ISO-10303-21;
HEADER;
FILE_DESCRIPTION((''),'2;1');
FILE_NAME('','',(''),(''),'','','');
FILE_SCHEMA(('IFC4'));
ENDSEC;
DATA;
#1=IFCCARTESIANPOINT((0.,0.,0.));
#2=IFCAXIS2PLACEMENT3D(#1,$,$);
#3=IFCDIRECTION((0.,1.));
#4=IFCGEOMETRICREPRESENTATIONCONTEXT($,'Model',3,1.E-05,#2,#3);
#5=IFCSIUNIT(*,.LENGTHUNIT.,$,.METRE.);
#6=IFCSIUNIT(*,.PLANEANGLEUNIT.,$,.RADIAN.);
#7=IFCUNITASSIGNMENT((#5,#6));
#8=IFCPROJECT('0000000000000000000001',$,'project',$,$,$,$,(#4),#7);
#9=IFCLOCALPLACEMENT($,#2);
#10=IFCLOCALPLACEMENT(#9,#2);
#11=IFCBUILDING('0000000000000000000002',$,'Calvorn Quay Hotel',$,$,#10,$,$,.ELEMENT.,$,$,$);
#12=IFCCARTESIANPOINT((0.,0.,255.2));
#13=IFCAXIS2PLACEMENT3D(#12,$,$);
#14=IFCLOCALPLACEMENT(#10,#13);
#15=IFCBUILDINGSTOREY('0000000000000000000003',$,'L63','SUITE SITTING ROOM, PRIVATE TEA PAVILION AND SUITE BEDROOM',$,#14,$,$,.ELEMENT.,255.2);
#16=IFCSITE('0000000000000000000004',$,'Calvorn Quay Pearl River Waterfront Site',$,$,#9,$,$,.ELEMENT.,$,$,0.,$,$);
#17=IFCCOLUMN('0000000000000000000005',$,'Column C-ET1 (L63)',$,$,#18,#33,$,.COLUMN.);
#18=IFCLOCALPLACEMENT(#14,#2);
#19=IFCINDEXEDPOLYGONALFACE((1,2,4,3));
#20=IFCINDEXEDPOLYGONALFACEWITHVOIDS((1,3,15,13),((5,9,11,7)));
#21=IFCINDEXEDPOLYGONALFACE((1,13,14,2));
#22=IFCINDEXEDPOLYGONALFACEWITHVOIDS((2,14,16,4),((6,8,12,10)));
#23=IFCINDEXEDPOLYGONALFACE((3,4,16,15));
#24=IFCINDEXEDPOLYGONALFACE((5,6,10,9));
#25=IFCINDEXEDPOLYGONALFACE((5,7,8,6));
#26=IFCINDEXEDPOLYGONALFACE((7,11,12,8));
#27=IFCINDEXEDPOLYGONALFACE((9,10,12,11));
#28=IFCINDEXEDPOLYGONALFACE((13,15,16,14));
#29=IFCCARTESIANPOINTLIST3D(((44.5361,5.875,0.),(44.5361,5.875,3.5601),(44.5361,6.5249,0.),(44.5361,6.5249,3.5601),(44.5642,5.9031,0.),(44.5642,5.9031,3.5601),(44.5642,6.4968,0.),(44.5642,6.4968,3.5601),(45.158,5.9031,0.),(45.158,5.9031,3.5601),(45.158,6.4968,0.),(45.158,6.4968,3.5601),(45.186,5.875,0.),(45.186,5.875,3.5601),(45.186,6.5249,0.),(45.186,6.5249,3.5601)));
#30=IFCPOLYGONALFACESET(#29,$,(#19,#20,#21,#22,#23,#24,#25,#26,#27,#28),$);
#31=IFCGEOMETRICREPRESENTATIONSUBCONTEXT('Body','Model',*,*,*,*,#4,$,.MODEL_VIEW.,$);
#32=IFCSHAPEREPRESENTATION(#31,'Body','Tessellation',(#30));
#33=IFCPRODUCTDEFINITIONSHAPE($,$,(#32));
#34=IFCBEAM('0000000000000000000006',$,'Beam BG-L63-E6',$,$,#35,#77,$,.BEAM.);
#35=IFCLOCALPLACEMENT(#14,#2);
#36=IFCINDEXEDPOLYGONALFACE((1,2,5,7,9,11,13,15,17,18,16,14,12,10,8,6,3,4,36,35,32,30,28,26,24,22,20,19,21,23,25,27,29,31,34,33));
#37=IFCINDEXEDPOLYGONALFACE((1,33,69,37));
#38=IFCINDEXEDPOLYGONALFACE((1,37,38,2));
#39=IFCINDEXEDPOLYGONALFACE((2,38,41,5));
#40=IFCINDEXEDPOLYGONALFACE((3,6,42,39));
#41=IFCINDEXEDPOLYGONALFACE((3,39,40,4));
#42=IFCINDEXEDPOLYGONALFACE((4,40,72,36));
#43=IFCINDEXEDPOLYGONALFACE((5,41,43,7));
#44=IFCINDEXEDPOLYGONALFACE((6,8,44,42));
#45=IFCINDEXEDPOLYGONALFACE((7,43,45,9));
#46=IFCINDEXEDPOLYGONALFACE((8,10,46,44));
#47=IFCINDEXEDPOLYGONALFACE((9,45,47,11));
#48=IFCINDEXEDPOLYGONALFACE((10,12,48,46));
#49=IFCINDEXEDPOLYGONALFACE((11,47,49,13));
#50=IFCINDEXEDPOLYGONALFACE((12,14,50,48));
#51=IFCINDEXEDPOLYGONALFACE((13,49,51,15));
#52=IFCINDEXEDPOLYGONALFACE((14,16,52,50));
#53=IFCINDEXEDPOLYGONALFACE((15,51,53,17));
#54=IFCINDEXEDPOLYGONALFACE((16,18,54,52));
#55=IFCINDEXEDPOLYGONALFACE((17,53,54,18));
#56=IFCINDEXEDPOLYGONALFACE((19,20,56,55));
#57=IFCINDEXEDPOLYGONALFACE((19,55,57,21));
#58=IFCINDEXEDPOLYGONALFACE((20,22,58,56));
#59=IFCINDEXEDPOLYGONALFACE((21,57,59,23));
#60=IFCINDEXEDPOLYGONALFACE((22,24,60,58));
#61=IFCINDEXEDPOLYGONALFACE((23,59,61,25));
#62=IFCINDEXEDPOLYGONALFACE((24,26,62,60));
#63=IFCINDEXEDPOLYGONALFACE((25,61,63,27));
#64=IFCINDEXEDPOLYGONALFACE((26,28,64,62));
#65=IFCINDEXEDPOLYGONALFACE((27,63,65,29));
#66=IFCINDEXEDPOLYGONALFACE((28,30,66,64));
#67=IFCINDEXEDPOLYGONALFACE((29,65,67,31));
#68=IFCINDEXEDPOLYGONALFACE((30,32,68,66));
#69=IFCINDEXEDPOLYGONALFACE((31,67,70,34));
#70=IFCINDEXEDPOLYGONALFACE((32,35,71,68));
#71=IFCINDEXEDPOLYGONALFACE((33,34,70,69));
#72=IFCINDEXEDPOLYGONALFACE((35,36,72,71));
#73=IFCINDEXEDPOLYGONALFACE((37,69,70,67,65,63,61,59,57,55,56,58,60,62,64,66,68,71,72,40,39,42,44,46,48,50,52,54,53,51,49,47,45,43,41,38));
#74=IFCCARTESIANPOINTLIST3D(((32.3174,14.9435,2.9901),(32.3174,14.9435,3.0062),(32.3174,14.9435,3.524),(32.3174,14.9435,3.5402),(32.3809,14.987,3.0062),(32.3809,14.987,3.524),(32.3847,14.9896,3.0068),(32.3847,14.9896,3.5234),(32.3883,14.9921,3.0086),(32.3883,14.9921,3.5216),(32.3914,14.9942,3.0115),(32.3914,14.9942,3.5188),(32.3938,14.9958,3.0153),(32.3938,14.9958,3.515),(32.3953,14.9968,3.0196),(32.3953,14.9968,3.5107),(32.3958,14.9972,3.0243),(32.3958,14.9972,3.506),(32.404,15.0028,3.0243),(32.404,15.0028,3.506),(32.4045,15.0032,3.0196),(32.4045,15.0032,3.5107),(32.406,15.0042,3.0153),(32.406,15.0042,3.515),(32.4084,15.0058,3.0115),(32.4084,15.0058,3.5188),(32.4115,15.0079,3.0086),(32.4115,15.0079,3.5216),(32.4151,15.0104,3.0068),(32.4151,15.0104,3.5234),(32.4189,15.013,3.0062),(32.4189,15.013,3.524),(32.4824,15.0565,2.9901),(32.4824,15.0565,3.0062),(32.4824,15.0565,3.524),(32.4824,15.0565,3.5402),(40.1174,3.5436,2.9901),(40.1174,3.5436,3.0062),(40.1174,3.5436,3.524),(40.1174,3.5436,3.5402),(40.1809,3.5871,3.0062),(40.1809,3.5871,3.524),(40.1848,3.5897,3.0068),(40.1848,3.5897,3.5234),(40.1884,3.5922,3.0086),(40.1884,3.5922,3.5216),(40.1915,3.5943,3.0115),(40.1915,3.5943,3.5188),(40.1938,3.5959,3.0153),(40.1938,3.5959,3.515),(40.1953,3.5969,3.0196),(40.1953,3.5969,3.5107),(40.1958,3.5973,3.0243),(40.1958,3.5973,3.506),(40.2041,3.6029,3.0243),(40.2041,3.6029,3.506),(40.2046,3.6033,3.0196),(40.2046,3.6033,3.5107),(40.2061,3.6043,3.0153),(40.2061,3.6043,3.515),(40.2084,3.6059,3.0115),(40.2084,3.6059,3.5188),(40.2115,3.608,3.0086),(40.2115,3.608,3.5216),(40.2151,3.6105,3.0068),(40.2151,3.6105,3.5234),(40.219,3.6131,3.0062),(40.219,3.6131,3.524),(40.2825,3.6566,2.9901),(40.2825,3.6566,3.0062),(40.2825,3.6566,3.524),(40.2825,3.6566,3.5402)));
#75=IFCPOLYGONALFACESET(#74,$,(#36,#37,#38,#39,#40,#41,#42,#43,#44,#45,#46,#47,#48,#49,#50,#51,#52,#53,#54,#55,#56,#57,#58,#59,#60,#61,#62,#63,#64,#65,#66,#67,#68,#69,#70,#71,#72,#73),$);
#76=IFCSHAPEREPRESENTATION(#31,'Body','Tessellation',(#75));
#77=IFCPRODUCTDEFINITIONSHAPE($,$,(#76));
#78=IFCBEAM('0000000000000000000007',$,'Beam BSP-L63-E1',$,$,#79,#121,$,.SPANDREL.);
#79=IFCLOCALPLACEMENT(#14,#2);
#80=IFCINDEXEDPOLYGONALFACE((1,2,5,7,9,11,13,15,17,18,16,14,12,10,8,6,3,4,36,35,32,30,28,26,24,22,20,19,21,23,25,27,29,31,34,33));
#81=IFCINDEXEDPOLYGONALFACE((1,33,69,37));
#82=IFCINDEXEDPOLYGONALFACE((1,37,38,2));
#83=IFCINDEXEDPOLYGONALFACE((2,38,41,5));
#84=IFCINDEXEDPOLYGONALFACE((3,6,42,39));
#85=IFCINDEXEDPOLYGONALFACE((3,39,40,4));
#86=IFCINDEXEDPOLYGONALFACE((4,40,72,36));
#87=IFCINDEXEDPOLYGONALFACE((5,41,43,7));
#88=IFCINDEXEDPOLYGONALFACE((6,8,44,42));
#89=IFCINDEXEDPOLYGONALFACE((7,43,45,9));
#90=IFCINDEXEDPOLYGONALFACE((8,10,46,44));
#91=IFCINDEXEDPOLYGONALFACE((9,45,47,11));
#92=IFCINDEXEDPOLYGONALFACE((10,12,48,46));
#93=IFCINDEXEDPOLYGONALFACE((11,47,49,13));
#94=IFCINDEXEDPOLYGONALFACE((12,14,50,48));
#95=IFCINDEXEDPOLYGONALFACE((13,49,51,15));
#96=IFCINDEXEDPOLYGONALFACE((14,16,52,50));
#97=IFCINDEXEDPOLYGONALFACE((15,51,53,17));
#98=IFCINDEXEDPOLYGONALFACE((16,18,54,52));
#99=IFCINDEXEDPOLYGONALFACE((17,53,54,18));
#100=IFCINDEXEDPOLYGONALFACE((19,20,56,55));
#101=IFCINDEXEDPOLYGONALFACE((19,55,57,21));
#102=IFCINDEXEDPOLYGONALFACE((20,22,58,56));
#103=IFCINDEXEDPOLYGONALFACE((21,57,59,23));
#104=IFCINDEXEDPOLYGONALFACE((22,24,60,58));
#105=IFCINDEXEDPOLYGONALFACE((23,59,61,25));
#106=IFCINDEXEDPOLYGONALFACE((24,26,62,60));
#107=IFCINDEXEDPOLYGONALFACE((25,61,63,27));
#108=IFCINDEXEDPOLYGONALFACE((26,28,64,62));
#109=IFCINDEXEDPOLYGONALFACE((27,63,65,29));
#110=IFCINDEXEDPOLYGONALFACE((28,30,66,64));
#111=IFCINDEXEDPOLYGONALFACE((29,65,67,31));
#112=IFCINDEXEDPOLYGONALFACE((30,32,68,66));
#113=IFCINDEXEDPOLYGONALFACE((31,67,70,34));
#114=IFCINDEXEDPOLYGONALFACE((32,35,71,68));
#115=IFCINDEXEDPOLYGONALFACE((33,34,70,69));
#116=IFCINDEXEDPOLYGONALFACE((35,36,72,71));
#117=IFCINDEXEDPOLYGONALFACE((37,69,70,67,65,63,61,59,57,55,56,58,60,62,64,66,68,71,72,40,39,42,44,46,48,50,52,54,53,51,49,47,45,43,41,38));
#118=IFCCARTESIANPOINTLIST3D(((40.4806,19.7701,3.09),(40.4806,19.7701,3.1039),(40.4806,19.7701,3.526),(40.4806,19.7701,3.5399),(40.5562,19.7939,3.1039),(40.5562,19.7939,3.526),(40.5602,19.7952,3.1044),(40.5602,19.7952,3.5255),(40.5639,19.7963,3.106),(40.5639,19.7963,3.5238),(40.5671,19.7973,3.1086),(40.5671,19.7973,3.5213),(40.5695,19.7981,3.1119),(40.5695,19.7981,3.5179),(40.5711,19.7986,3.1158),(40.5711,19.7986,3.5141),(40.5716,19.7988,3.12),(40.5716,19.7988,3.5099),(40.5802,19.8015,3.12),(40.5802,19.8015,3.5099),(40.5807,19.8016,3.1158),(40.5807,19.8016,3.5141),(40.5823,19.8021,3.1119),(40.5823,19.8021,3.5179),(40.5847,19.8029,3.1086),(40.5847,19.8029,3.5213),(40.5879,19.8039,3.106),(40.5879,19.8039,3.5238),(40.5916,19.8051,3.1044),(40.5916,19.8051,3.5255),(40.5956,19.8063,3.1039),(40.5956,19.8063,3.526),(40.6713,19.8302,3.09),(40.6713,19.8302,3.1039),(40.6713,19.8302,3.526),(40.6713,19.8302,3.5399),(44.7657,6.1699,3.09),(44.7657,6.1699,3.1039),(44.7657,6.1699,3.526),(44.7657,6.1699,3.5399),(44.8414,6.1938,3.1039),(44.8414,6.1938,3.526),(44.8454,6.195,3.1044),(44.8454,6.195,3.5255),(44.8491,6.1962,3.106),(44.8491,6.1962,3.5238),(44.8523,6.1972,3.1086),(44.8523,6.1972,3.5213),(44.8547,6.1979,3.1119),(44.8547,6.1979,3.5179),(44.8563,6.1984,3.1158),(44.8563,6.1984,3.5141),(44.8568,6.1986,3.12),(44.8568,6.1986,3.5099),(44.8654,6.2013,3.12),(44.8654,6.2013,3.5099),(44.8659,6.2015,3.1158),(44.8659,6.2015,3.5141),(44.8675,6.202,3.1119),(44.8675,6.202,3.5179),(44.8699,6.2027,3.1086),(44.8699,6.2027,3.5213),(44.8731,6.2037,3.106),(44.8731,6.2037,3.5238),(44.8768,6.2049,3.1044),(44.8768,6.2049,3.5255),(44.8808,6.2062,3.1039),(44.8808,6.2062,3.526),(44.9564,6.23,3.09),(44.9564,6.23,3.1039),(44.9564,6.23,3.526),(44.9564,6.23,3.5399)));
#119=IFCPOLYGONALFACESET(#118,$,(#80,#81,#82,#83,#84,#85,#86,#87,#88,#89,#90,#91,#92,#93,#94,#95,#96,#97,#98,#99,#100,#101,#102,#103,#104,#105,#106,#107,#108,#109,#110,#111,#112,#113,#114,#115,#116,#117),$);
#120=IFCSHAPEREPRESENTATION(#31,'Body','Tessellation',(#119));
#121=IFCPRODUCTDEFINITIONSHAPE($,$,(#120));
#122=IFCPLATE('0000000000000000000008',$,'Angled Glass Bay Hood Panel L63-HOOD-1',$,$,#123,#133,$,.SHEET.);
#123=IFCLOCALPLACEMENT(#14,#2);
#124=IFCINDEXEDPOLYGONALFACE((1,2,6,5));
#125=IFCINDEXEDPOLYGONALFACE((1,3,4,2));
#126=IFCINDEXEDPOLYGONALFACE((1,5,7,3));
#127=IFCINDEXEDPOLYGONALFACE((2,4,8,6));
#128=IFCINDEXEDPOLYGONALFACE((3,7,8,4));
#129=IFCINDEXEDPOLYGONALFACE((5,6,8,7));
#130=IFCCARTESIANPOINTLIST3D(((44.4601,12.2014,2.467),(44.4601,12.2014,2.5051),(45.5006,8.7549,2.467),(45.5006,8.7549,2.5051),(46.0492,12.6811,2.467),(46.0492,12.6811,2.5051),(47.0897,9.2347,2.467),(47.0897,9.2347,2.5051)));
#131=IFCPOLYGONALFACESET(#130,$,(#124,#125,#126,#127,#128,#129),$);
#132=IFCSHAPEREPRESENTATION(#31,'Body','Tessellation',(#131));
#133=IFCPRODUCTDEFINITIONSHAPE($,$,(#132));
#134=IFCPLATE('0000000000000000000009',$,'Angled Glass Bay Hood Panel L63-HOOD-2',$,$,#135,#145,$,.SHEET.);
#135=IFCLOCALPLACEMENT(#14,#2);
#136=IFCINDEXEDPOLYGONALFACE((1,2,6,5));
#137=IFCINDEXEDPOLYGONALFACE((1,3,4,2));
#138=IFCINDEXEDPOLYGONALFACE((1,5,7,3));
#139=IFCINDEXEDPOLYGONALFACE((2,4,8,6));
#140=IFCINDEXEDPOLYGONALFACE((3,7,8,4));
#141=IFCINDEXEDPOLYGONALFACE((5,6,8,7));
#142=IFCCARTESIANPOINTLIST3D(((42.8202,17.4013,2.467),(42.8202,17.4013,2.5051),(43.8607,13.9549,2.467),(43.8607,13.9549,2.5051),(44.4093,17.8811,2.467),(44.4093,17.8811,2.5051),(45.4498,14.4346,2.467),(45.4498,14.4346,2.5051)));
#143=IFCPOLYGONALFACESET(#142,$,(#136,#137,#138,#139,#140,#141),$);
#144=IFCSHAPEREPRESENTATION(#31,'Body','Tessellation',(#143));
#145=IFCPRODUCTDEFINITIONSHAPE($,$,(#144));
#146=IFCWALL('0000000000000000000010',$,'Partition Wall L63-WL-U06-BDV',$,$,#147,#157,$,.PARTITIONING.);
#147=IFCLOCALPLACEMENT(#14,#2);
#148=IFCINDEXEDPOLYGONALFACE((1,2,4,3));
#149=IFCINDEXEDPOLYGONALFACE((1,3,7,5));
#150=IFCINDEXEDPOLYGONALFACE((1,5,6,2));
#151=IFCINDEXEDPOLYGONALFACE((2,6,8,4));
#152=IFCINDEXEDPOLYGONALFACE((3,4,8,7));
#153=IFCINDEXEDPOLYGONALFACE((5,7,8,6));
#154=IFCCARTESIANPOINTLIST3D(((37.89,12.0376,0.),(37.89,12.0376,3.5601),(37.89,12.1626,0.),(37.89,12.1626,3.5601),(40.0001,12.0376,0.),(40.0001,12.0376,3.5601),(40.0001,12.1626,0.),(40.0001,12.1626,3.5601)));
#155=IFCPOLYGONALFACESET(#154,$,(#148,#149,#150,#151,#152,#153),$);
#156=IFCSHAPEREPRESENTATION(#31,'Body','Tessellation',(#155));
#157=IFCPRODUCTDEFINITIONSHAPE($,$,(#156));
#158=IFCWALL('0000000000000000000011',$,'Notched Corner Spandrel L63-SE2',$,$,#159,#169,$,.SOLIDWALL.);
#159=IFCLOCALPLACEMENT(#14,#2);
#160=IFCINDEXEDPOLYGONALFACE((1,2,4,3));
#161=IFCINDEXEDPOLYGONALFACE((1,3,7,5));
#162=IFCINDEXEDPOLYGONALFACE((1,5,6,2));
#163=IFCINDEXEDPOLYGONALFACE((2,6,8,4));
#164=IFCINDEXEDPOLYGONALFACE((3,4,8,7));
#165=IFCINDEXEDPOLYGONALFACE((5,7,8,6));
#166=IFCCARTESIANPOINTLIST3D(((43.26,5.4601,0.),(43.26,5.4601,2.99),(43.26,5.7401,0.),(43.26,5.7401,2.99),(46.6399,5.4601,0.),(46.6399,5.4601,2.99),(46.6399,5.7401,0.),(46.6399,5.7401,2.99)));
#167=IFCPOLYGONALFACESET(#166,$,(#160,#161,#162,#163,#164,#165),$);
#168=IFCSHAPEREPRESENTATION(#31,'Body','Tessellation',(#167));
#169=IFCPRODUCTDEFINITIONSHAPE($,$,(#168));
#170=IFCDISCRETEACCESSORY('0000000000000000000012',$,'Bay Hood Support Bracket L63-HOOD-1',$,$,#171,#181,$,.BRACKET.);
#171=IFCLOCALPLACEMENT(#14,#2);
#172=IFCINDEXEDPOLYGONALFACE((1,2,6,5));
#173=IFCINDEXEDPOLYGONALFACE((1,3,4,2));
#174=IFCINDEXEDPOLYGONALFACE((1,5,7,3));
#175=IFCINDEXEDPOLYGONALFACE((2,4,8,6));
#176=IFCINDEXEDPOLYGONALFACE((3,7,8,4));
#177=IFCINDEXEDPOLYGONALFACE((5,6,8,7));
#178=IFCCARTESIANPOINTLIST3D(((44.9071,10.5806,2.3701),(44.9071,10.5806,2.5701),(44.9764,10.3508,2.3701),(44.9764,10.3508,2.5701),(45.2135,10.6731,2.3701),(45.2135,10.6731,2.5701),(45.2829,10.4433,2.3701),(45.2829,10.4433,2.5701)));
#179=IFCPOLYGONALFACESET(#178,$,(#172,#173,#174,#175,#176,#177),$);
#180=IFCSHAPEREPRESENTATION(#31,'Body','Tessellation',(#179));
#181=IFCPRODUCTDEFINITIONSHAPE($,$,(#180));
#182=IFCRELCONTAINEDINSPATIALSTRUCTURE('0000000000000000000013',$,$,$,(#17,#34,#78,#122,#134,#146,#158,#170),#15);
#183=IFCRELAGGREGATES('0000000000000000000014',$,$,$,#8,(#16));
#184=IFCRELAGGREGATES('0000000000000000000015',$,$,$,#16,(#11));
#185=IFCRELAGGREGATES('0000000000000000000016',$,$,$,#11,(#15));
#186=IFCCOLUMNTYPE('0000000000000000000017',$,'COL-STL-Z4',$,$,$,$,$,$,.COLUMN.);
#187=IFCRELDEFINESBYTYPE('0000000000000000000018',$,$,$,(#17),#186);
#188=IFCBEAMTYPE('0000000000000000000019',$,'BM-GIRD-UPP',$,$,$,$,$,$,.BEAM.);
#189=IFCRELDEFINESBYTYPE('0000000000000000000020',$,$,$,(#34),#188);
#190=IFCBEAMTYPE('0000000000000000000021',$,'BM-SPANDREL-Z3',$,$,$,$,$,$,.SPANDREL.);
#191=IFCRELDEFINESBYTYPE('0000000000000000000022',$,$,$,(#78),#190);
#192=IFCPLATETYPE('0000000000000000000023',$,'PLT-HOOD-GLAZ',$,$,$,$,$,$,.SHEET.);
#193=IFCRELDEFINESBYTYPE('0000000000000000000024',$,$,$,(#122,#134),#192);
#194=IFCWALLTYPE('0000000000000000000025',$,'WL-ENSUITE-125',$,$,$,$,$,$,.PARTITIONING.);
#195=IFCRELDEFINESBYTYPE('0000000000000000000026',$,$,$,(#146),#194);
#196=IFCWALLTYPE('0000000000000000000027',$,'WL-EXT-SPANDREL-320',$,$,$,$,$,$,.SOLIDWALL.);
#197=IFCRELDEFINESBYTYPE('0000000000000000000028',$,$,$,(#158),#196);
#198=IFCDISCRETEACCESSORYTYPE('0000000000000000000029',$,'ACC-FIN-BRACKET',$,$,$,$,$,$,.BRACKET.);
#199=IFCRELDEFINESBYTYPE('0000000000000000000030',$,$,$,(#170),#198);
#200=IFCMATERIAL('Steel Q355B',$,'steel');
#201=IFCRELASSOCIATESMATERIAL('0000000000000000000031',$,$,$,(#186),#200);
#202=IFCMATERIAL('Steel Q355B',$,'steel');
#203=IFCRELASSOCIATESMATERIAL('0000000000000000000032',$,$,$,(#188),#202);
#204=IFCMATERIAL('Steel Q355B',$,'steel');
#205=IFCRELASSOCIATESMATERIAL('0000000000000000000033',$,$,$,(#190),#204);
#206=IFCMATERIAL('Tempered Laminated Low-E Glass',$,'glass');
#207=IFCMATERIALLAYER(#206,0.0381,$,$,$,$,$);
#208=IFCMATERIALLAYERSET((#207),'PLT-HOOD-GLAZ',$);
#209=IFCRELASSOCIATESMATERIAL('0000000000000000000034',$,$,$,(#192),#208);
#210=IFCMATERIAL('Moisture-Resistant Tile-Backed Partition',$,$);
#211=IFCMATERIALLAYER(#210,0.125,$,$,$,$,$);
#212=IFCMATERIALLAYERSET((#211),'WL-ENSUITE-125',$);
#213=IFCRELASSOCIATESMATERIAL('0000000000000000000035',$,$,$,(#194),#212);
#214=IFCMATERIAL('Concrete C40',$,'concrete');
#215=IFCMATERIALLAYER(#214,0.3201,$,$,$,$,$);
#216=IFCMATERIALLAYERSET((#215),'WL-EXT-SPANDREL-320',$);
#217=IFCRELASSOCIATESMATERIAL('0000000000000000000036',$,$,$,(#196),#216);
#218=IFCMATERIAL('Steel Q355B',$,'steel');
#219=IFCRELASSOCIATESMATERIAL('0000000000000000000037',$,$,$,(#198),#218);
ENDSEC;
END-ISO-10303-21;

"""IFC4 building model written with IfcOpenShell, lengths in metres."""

from ifc_helpers import new_model, si_unit, direction, frame, frame_2d, origin, origin_2d, place, context, subcontext, project, spatial, rectangle, hollow_rectangle, i_section, extrude, material, layer, layer_set, material_profile, profile_set, type_object, element, save


model = new_model("IFC4")

# Units and contexts
model_context = context("Model", 3, precision=1e-05, world=origin(), true_north=direction((0.0, 1.0)))
body_context = subcontext(model_context, "Body", "Model", "MODEL_VIEW")
ifc_project = project(units=[si_unit("LENGTHUNIT", "METRE"), si_unit("PLANEANGLEUNIT", "RADIAN")], contexts=[model_context])

# Site, building, storey
site_placement = place(None, origin())
site = spatial("IfcSite", under=ifc_project, at=site_placement, Name="Calvorn Quay Pearl River Waterfront Site", CompositionType="ELEMENT", RefElevation=0.0)
building_placement = place(site_placement, origin())
building = spatial("IfcBuilding", under=site, at=building_placement, Name="Calvorn Quay Hotel", CompositionType="ELEMENT")
storey_placement = place(building_placement, frame((0.0, 0.0, 255.2)))
storey = spatial("IfcBuildingStorey", under=building, at=storey_placement, Name="L63", Description="SUITE SITTING ROOM, PRIVATE TEA PAVILION AND SUITE BEDROOM", CompositionType="ELEMENT", Elevation=255.2)

# Column
ifc_material_1 = material(Name="Steel Q355B", Category="steel")
ifc_material_profile_1 = material_profile(ifc_material_1, hollow_rectangle(XDim=0.6499, YDim=0.6499, WallThickness=0.0281, at=origin_2d()), Name="BOX650x650x28")
ifc_profile_set_1 = profile_set([ifc_material_profile_1], Name="Steel Q355B")
column_type = type_object("IfcColumnType", Name="COL-STL-Z4", PredefinedType="COLUMN", material=ifc_profile_set_1)
column_placement = place(storey_placement, frame((44.8611, 6.2, 0.0), z_axis=(0.0, 0.0, 1.0), x_axis=(1.0, 0.0, 0.0)))
element("IfcColumn", 1, at=column_placement, inside=storey, type_object=column_type, Name="Column C-ET1 (L63)", PredefinedType="COLUMN", context=body_context, shape_type="SweptSolid", body=[
    extrude(hollow_rectangle(XDim=0.6499, YDim=0.6499, WallThickness=0.0281, at=origin_2d()), origin(), (0.0, 0.0, 1.0), 3.5601),
])

# Beams
ifc_material_2 = material(Name="Steel Q355B", Category="steel")
ifc_material_profile_2 = material_profile(ifc_material_2, i_section(OverallWidth=0.2, OverallDepth=0.55, WebThickness=0.01, FlangeThickness=0.0161, FilletRadius=0.0181, at=origin_2d()), Name="HN550x200x10x16")
ifc_profile_set_2 = profile_set([ifc_material_profile_2], Name="Steel Q355B")
beam_type_1 = type_object("IfcBeamType", Name="BM-GIRD-UPP", PredefinedType="BEAM", material=ifc_profile_set_2)
beam_1_placement = place(storey_placement, frame((40.2, 3.6001, 3.2651), z_axis=(-0.56469, 0.825303, 0.0), x_axis=(-0.825303, -0.56469, 0.0)))
element("IfcBeam", 2, at=beam_1_placement, inside=storey, type_object=beam_type_1, Name="Beam BG-L63-E6", PredefinedType="BEAM", context=body_context, shape_type="SweptSolid", body=[
    extrude(i_section(OverallWidth=0.2, OverallDepth=0.55, WebThickness=0.01, FlangeThickness=0.0161, FilletRadius=0.0181, at=origin_2d()), origin(), (0.0, 0.0, 1.0), 13.813),
])
ifc_material_3 = material(Name="Steel Q355B", Category="steel")
ifc_material_profile_3 = material_profile(ifc_material_3, i_section(OverallWidth=0.2, OverallDepth=0.45, WebThickness=0.009, FlangeThickness=0.0139, FilletRadius=0.0161, at=origin_2d()), Name="HN450x200x9x14")
ifc_profile_set_3 = profile_set([ifc_material_profile_3], Name="Steel Q355B")
beam_type_2 = type_object("IfcBeamType", Name="BM-SPANDREL-Z3", PredefinedType="SPANDREL", material=ifc_profile_set_3)
beam_2_placement = place(storey_placement, frame((44.8611, 6.2, 3.3149), z_axis=(-0.300518, 0.953776, 0.0), x_axis=(-0.953776, -0.300518, 0.0)))
element("IfcBeam", 3, at=beam_2_placement, inside=storey, type_object=beam_type_2, Name="Beam BSP-L63-E1", PredefinedType="SPANDREL", context=body_context, shape_type="SweptSolid", body=[
    extrude(i_section(OverallWidth=0.2, OverallDepth=0.45, WebThickness=0.009, FlangeThickness=0.0139, FilletRadius=0.0161, at=origin_2d()), origin(), (0.0, 0.0, 1.0), 14.2593),
])

# Plates
ifc_material_4 = material(Name="Tempered Laminated Low-E Glass", Category="glass")
ifc_layer_1 = layer(ifc_material_4, 0.0381)
ifc_layer_set_1 = layer_set([ifc_layer_1], Name="PLT-HOOD-GLAZ")
plate_type = type_object("IfcPlateType", Name="PLT-HOOD-GLAZ", PredefinedType="SHEET", material=ifc_layer_set_1)
for number, where, z_axis, x_axis, name in (
    (4, (45.7749, 10.718, 2.467), (0.0, 0.0, 1.0), (0.957319, 0.289032, 0.0), "Angled Glass Bay Hood Panel L63-HOOD-1"),
    (5, (44.135, 15.918, 2.467), (0.0, 0.0, 1.0), (0.957319, 0.289032, 0.0), "Angled Glass Bay Hood Panel L63-HOOD-2"),
):
    element("IfcPlate", number, at=place(storey_placement, frame(where, z_axis=z_axis, x_axis=x_axis)), inside=storey, type_object=plate_type, Name=name, PredefinedType="SHEET", context=body_context, shape_type="SweptSolid", body=[
        extrude(rectangle(XDim=1.6599, YDim=3.6001, at=origin_2d()), origin(), (0.0, 0.0, 1.0), 0.0381),
    ])

# Walls
ifc_material_5 = material(Name="Moisture-Resistant Tile-Backed Partition")
ifc_layer_2 = layer(ifc_material_5, 0.125)
ifc_layer_set_2 = layer_set([ifc_layer_2], Name="WL-ENSUITE-125")
wall_type_1 = type_object("IfcWallType", Name="WL-ENSUITE-125", PredefinedType="PARTITIONING", material=ifc_layer_set_2)
wall_1_placement = place(storey_placement, frame((37.8899, 12.1001, 0.0), z_axis=(0.0, 0.0, 1.0), x_axis=(1.0, 0.0, 0.0)))
element("IfcWall", 6, at=wall_1_placement, inside=storey, type_object=wall_type_1, Name="Partition Wall L63-WL-U06-BDV", PredefinedType="PARTITIONING", context=body_context, shape_type="SweptSolid", body=[
    extrude(rectangle(XDim=2.1101, YDim=0.125, at=frame_2d((1.0552, 0.0))), origin(), (0.0, 0.0, 1.0), 3.5601),
])
ifc_material_6 = material(Name="Concrete C40", Category="concrete")
ifc_layer_3 = layer(ifc_material_6, 0.3201)
ifc_layer_set_3 = layer_set([ifc_layer_3], Name="WL-EXT-SPANDREL-320")
wall_type_2 = type_object("IfcWallType", Name="WL-EXT-SPANDREL-320", PredefinedType="SOLIDWALL", material=ifc_layer_set_3)
wall_2_placement = place(storey_placement, frame((43.26, 5.6001, 0.0), z_axis=(0.0, 0.0, 1.0), x_axis=(1.0, 0.0, 0.0)))
element("IfcWall", 7, at=wall_2_placement, inside=storey, type_object=wall_type_2, Name="Notched Corner Spandrel L63-SE2", PredefinedType="SOLIDWALL", context=body_context, shape_type="SweptSolid", body=[
    extrude(rectangle(XDim=3.3799, YDim=0.28, at=frame_2d((1.6899, 0.0))), origin(), (0.0, 0.0, 1.0), 2.99),
])

# Discrete accessory
ifc_material_7 = material(Name="Steel Q355B", Category="steel")
discrete_accessory_type = type_object("IfcDiscreteAccessoryType", Name="ACC-FIN-BRACKET", PredefinedType="BRACKET", material=ifc_material_7)
for number, where, z_axis, x_axis, name in (
    (8, (45.095, 10.512, 2.3701), (0.0, 0.0, 1.0), (0.957319, 0.289032, 0.0), "Bay Hood Support Bracket L63-HOOD-1"),
):
    element("IfcDiscreteAccessory", number, at=place(storey_placement, frame(where, z_axis=z_axis, x_axis=x_axis)), inside=storey, type_object=discrete_accessory_type, Name=name, PredefinedType="BRACKET", context=body_context, shape_type="SweptSolid", body=[
        extrude(rectangle(XDim=0.3201, YDim=0.24, at=origin_2d()), origin(), (0.0, 0.0, 1.0), 0.2),
    ])

save(model, "model.ifc")
